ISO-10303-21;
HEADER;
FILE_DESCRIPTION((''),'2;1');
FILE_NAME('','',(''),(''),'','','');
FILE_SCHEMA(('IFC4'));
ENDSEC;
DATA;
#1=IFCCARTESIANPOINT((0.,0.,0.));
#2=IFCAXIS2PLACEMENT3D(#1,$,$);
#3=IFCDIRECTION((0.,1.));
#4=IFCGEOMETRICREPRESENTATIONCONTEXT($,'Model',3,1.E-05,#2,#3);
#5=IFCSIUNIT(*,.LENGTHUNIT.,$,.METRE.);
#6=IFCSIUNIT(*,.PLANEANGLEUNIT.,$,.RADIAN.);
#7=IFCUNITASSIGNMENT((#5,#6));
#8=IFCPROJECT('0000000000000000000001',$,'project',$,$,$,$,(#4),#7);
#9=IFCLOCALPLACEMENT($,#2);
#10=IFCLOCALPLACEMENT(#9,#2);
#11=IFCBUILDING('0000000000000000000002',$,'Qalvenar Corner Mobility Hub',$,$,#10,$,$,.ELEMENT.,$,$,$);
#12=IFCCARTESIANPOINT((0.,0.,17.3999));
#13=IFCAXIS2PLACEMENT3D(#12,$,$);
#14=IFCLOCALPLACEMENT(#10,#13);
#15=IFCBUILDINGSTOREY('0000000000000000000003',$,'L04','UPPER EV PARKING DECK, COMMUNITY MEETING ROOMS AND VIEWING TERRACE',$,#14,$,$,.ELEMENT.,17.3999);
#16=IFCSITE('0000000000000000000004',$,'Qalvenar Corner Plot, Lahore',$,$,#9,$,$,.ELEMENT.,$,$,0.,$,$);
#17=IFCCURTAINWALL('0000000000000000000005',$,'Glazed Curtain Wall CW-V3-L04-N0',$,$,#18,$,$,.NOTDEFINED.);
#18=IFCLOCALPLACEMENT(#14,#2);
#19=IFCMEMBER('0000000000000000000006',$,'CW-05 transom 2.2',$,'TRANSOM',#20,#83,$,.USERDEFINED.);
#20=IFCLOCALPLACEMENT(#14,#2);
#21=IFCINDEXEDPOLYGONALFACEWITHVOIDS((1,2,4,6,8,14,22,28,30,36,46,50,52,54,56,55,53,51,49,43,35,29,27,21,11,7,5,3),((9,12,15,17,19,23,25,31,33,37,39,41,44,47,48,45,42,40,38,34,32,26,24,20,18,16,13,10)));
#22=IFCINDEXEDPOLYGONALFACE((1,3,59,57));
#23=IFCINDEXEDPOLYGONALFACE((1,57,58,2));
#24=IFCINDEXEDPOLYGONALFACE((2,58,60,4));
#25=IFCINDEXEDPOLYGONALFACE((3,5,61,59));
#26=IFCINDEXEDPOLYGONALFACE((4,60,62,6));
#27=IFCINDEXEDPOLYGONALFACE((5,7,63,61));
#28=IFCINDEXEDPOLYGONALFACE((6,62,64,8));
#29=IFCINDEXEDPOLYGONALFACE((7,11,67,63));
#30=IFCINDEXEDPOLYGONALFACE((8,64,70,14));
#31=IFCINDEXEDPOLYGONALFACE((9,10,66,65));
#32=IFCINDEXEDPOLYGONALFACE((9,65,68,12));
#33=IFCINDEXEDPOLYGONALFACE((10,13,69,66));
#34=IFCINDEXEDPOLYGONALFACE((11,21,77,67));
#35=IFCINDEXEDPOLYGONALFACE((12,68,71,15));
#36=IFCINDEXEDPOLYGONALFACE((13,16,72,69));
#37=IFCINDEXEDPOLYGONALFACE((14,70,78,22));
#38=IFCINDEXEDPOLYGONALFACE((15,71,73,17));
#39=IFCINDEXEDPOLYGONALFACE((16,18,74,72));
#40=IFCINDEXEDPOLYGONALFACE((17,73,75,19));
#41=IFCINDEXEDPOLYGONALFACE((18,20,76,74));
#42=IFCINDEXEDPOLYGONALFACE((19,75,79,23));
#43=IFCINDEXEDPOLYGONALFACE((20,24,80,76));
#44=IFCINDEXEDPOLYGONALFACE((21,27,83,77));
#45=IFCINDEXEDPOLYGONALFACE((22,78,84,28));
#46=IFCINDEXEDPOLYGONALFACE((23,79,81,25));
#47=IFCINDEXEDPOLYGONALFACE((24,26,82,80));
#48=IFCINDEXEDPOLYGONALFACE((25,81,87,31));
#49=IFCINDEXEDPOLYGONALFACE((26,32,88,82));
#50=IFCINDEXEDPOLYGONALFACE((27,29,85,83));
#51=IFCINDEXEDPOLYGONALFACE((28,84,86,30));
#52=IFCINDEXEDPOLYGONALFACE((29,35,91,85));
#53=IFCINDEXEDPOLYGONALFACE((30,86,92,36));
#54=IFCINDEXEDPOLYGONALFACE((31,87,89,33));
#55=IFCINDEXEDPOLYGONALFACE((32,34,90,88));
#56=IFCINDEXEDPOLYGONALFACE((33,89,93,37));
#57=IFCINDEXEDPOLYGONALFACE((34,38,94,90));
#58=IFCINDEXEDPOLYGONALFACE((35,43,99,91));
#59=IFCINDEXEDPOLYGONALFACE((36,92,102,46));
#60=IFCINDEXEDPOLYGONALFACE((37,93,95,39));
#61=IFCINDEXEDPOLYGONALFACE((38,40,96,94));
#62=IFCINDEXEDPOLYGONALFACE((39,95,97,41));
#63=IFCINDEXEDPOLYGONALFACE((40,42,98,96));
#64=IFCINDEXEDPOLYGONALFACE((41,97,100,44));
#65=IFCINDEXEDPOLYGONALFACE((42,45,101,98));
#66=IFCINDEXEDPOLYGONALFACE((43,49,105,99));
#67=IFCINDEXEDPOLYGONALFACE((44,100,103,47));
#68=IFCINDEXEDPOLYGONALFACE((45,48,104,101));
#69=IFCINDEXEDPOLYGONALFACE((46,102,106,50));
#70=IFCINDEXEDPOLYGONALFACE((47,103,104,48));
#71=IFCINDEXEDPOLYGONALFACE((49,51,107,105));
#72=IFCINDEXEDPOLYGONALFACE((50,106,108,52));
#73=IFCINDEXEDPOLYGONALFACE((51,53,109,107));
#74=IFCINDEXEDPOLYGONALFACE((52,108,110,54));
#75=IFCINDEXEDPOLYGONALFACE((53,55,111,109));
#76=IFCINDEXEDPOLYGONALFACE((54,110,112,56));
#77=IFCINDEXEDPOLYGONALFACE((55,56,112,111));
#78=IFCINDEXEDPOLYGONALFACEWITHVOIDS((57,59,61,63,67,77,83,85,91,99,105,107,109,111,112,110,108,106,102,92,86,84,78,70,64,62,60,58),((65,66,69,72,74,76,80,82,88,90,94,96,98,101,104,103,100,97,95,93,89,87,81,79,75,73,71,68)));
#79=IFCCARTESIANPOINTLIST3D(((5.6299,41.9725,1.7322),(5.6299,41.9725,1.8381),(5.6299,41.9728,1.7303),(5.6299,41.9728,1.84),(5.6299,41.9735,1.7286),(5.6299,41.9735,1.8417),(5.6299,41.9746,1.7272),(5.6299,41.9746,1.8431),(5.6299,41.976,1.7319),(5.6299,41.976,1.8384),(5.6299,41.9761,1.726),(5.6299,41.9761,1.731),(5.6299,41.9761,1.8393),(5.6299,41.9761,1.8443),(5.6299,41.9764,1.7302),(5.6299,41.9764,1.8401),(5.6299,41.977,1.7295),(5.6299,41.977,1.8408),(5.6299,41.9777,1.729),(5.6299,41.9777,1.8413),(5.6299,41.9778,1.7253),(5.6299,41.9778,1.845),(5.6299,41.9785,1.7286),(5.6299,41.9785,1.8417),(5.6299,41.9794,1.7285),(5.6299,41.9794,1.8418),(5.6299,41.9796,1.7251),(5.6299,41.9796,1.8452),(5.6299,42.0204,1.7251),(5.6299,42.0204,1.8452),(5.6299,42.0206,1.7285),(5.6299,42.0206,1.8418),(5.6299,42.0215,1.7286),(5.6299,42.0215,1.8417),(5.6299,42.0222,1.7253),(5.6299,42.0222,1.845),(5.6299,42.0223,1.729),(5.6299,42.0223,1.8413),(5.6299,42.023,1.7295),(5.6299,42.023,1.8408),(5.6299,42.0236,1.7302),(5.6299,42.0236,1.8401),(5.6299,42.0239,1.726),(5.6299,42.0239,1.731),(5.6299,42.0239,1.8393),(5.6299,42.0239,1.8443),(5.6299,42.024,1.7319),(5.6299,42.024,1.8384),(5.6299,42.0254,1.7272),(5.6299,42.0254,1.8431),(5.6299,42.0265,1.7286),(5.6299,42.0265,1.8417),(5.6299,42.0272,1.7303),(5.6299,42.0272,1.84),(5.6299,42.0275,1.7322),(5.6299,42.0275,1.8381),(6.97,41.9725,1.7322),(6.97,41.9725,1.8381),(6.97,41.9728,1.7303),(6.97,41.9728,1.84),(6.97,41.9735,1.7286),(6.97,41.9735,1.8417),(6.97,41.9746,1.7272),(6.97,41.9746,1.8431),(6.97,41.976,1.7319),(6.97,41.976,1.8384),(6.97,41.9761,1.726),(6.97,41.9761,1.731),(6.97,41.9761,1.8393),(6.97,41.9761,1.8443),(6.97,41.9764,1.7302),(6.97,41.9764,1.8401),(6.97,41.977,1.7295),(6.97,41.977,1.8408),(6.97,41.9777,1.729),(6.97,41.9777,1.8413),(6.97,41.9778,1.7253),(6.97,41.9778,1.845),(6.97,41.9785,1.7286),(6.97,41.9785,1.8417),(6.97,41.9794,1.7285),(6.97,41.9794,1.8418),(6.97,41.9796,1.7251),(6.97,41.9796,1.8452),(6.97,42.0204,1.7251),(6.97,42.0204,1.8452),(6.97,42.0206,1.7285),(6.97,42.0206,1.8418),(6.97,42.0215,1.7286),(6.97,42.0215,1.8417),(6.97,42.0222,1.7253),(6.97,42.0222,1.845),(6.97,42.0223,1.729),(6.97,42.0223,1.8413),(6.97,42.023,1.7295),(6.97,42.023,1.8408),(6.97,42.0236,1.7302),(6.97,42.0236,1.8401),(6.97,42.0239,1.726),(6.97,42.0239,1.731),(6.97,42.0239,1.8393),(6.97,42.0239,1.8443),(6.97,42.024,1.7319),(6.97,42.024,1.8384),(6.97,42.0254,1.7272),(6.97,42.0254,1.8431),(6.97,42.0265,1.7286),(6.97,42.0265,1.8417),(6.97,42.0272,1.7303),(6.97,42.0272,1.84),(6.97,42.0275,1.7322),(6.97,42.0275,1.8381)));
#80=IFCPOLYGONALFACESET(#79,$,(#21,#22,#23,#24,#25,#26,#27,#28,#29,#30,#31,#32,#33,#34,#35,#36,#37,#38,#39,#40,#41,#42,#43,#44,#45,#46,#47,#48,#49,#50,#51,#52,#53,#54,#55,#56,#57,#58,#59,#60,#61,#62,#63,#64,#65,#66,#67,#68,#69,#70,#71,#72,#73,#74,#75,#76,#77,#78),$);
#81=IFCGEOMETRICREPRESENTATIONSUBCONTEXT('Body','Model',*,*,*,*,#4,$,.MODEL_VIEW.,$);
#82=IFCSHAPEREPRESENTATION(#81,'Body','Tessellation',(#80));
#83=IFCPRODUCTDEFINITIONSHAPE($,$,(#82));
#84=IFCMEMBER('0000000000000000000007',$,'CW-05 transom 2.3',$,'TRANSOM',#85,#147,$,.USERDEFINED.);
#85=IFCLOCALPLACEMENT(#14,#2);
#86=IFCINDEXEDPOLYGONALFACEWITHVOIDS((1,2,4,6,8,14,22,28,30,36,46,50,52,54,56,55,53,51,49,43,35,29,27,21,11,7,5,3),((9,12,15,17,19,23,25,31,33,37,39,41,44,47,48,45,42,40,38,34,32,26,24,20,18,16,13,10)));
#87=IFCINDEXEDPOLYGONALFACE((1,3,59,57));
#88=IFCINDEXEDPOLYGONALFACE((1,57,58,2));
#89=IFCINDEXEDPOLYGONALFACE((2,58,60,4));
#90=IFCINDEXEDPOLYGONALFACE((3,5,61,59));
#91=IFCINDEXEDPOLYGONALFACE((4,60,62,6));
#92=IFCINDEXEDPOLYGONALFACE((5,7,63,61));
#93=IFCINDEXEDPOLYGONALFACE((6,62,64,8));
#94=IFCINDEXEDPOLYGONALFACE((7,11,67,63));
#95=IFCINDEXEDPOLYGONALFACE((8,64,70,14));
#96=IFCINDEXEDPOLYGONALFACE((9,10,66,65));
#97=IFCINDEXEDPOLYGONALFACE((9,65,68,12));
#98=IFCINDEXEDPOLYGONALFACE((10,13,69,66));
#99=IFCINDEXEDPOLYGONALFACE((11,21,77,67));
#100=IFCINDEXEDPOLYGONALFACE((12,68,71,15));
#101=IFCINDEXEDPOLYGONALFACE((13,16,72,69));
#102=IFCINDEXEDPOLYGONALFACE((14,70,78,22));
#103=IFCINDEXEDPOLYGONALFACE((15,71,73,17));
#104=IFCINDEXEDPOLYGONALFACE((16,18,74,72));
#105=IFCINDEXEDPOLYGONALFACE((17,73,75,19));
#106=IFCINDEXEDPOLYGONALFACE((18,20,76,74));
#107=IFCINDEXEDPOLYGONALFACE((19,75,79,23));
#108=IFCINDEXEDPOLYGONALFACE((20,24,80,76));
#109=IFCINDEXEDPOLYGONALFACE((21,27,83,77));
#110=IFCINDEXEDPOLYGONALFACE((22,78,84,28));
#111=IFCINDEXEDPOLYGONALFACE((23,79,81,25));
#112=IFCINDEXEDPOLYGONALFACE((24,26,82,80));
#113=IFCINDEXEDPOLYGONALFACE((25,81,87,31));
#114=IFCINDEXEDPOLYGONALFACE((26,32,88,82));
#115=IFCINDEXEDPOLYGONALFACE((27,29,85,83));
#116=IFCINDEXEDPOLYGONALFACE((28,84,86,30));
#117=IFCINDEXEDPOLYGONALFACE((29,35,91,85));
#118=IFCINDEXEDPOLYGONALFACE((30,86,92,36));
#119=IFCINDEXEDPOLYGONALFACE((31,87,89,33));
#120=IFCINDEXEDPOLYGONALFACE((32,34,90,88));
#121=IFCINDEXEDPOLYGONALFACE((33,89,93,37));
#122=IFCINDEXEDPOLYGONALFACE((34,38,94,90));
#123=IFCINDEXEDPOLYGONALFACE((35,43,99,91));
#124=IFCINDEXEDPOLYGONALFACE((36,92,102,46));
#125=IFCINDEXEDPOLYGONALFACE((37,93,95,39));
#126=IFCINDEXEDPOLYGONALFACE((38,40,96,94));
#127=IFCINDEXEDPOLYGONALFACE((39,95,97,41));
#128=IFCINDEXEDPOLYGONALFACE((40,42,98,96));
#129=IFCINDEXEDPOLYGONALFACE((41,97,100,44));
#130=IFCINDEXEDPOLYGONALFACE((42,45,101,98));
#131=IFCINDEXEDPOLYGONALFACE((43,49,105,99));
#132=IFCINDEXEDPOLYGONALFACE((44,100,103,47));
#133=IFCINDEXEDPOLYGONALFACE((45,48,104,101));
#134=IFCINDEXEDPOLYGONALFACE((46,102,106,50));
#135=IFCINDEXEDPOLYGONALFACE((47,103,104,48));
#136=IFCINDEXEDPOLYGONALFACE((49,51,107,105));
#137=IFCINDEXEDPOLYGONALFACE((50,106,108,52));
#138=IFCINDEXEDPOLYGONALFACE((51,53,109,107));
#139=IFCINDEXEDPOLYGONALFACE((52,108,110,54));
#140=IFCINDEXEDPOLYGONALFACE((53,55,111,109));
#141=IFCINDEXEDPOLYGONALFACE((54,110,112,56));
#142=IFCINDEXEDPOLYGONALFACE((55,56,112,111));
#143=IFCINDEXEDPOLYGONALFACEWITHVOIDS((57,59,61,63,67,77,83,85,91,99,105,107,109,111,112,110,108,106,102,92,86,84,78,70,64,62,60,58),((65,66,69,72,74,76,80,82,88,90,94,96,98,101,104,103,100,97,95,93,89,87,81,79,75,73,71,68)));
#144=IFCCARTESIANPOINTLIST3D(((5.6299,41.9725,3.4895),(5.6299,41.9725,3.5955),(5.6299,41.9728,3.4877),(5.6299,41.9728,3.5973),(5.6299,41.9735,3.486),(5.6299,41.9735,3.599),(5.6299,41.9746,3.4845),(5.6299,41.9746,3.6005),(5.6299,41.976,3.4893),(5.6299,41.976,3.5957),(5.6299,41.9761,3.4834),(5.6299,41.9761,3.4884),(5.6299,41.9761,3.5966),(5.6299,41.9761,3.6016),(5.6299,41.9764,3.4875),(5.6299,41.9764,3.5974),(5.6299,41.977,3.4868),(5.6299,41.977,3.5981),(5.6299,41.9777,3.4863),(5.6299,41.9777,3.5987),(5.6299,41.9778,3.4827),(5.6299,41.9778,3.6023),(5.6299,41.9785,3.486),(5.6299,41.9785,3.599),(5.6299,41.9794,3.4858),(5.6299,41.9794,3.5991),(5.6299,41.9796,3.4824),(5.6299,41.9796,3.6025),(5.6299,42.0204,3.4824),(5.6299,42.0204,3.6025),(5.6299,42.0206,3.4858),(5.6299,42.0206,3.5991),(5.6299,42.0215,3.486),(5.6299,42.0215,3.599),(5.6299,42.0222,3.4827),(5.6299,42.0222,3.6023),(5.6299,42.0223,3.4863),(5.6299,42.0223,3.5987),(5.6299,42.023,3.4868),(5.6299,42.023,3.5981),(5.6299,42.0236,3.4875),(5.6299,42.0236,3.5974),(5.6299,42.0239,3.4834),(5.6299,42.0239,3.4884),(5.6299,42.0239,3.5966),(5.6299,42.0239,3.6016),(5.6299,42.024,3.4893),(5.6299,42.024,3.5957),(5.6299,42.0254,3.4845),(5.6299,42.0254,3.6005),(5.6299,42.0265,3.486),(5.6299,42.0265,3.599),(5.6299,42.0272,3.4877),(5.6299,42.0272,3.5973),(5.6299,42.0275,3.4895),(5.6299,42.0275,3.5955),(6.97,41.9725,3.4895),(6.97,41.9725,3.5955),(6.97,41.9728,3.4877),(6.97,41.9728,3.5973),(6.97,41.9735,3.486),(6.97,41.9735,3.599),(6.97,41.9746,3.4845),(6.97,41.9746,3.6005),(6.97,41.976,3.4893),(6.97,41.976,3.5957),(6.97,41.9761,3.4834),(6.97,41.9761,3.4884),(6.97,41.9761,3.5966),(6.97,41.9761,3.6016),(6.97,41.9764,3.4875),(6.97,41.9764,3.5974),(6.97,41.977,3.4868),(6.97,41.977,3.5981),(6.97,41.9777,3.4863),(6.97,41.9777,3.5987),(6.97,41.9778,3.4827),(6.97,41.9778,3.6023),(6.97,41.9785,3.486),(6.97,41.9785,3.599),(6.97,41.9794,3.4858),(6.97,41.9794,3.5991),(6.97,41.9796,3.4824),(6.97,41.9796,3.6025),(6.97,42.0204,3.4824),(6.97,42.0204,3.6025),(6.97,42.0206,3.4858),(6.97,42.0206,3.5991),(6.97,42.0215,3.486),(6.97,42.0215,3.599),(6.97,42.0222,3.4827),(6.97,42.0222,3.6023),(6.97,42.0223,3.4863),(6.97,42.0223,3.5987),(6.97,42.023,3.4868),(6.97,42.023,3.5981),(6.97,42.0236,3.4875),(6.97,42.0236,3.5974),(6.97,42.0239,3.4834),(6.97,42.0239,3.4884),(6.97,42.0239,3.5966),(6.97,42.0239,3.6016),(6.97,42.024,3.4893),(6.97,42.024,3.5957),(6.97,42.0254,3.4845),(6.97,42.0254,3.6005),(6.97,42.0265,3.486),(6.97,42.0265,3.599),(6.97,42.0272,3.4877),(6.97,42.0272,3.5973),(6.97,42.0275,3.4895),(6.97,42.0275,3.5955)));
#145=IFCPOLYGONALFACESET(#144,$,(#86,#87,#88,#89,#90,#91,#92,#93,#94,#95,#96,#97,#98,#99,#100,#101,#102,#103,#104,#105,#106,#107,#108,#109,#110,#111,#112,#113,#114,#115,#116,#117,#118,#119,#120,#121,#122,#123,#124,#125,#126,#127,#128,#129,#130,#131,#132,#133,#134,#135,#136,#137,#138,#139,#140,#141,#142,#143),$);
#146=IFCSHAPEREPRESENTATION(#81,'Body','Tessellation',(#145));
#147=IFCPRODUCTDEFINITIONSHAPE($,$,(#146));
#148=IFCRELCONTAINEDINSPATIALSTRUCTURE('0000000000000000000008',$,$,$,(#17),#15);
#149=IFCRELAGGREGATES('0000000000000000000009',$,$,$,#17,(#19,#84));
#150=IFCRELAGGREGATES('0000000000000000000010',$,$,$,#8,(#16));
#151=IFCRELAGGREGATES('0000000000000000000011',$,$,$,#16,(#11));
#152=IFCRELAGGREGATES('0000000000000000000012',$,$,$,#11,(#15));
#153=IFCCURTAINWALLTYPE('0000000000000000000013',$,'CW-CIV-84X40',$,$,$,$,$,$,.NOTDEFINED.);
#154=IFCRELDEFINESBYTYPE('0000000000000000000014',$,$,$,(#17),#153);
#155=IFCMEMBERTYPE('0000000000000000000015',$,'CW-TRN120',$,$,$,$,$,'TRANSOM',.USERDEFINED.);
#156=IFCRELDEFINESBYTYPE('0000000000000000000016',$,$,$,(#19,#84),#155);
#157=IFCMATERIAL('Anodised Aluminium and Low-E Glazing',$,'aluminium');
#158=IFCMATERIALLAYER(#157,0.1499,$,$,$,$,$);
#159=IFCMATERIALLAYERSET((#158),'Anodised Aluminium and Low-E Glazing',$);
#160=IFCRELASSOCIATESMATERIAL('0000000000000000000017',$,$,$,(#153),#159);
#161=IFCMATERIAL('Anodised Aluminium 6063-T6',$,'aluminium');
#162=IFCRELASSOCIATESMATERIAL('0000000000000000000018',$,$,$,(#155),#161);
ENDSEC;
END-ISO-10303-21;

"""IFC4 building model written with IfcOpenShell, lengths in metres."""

from ifc_helpers import new_model, si_unit, direction, frame, origin, origin_2d, place, context, subcontext, project, spatial, hollow_rectangle, extrude, material, layer, layer_set, material_profile, profile_set, type_object, element, aggregate, save


model = new_model("IFC4")

# Units and contexts
model_context = context("Model", 3, precision=1e-05, world=origin(), true_north=direction((0.0, 1.0)))
body_context = subcontext(model_context, "Body", "Model", "MODEL_VIEW")
ifc_project = project(units=[si_unit("LENGTHUNIT", "METRE"), si_unit("PLANEANGLEUNIT", "RADIAN")], contexts=[model_context])

# Site, building, storey
site_placement = place(None, origin())
site = spatial("IfcSite", under=ifc_project, at=site_placement, Name="Qalvenar Corner Plot, Lahore", CompositionType="ELEMENT", RefElevation=0.0)
building_placement = place(site_placement, origin())
building = spatial("IfcBuilding", under=site, at=building_placement, Name="Qalvenar Corner Mobility Hub", CompositionType="ELEMENT")
storey_placement = place(building_placement, frame((0.0, 0.0, 17.3999)))
storey = spatial("IfcBuildingStorey", under=building, at=storey_placement, Name="L04", Description="UPPER EV PARKING DECK, COMMUNITY MEETING ROOMS AND VIEWING TERRACE", CompositionType="ELEMENT", Elevation=17.3999)

# Curtain wall, members
ifc_material_1 = material(Name="Anodised Aluminium and Low-E Glazing", Category="aluminium")
ifc_layer_1 = layer(ifc_material_1, 0.1499)
ifc_layer_set_1 = layer_set([ifc_layer_1], Name="Anodised Aluminium and Low-E Glazing")
curtain_wall_type = type_object("IfcCurtainWallType", Name="CW-CIV-84X40", PredefinedType="NOTDEFINED", material=ifc_layer_set_1)
curtain_wall_placement = place(storey_placement, origin())
curtain_wall = element("IfcCurtainWall", 1, at=curtain_wall_placement, inside=storey, type_object=curtain_wall_type, Name="Glazed Curtain Wall CW-V3-L04-N0", PredefinedType="NOTDEFINED")
ifc_material_2 = material(Name="Anodised Aluminium 6063-T6", Category="aluminium")
ifc_material_profile_1 = material_profile(ifc_material_2, hollow_rectangle(XDim=0.0549, YDim=0.1201, WallThickness=0.0034, InnerFilletRadius=0.0034, OuterFilletRadius=0.0071, at=origin_2d()), Name="RHS120x55x3.5")
ifc_profile_set_1 = profile_set([ifc_material_profile_1], Name="Anodised Aluminium 6063-T6")
member_type_1 = type_object("IfcMemberType", Name="CW-TRN120", ElementType="TRANSOM", PredefinedType="USERDEFINED", material=ifc_profile_set_1)
member_1_placement = place(storey_placement, frame((6.97, 42.0, 1.7852), z_axis=(-1.0, 0.0, 0.0), x_axis=(0.0, -1.0, 0.0)))
member_1 = element("IfcMember", 2, at=member_1_placement, type_object=member_type_1, Name="CW-05 transom 2.2", ObjectType="TRANSOM", PredefinedType="USERDEFINED", context=body_context, shape_type="SweptSolid", body=[
    extrude(hollow_rectangle(XDim=0.0549, YDim=0.1201, WallThickness=0.0034, InnerFilletRadius=0.0034, OuterFilletRadius=0.0071, at=origin_2d()), origin(), (0.0, 0.0, 1.0), 1.3401),
])
member_2_placement = place(storey_placement, frame((6.97, 42.0, 3.5425), z_axis=(-1.0, 0.0, 0.0), x_axis=(0.0, -1.0, 0.0)))
member_2 = element("IfcMember", 3, at=member_2_placement, type_object=member_type_1, Name="CW-05 transom 2.3", ObjectType="TRANSOM", PredefinedType="USERDEFINED", context=body_context, shape_type="SweptSolid", body=[
    extrude(hollow_rectangle(XDim=0.0549, YDim=0.1201, WallThickness=0.0034, InnerFilletRadius=0.0034, OuterFilletRadius=0.0071, at=origin_2d()), origin(), (0.0, 0.0, 1.0), 1.3401),
])
aggregate(curtain_wall, [member_1, member_2])

save(model, "model.ifc")
